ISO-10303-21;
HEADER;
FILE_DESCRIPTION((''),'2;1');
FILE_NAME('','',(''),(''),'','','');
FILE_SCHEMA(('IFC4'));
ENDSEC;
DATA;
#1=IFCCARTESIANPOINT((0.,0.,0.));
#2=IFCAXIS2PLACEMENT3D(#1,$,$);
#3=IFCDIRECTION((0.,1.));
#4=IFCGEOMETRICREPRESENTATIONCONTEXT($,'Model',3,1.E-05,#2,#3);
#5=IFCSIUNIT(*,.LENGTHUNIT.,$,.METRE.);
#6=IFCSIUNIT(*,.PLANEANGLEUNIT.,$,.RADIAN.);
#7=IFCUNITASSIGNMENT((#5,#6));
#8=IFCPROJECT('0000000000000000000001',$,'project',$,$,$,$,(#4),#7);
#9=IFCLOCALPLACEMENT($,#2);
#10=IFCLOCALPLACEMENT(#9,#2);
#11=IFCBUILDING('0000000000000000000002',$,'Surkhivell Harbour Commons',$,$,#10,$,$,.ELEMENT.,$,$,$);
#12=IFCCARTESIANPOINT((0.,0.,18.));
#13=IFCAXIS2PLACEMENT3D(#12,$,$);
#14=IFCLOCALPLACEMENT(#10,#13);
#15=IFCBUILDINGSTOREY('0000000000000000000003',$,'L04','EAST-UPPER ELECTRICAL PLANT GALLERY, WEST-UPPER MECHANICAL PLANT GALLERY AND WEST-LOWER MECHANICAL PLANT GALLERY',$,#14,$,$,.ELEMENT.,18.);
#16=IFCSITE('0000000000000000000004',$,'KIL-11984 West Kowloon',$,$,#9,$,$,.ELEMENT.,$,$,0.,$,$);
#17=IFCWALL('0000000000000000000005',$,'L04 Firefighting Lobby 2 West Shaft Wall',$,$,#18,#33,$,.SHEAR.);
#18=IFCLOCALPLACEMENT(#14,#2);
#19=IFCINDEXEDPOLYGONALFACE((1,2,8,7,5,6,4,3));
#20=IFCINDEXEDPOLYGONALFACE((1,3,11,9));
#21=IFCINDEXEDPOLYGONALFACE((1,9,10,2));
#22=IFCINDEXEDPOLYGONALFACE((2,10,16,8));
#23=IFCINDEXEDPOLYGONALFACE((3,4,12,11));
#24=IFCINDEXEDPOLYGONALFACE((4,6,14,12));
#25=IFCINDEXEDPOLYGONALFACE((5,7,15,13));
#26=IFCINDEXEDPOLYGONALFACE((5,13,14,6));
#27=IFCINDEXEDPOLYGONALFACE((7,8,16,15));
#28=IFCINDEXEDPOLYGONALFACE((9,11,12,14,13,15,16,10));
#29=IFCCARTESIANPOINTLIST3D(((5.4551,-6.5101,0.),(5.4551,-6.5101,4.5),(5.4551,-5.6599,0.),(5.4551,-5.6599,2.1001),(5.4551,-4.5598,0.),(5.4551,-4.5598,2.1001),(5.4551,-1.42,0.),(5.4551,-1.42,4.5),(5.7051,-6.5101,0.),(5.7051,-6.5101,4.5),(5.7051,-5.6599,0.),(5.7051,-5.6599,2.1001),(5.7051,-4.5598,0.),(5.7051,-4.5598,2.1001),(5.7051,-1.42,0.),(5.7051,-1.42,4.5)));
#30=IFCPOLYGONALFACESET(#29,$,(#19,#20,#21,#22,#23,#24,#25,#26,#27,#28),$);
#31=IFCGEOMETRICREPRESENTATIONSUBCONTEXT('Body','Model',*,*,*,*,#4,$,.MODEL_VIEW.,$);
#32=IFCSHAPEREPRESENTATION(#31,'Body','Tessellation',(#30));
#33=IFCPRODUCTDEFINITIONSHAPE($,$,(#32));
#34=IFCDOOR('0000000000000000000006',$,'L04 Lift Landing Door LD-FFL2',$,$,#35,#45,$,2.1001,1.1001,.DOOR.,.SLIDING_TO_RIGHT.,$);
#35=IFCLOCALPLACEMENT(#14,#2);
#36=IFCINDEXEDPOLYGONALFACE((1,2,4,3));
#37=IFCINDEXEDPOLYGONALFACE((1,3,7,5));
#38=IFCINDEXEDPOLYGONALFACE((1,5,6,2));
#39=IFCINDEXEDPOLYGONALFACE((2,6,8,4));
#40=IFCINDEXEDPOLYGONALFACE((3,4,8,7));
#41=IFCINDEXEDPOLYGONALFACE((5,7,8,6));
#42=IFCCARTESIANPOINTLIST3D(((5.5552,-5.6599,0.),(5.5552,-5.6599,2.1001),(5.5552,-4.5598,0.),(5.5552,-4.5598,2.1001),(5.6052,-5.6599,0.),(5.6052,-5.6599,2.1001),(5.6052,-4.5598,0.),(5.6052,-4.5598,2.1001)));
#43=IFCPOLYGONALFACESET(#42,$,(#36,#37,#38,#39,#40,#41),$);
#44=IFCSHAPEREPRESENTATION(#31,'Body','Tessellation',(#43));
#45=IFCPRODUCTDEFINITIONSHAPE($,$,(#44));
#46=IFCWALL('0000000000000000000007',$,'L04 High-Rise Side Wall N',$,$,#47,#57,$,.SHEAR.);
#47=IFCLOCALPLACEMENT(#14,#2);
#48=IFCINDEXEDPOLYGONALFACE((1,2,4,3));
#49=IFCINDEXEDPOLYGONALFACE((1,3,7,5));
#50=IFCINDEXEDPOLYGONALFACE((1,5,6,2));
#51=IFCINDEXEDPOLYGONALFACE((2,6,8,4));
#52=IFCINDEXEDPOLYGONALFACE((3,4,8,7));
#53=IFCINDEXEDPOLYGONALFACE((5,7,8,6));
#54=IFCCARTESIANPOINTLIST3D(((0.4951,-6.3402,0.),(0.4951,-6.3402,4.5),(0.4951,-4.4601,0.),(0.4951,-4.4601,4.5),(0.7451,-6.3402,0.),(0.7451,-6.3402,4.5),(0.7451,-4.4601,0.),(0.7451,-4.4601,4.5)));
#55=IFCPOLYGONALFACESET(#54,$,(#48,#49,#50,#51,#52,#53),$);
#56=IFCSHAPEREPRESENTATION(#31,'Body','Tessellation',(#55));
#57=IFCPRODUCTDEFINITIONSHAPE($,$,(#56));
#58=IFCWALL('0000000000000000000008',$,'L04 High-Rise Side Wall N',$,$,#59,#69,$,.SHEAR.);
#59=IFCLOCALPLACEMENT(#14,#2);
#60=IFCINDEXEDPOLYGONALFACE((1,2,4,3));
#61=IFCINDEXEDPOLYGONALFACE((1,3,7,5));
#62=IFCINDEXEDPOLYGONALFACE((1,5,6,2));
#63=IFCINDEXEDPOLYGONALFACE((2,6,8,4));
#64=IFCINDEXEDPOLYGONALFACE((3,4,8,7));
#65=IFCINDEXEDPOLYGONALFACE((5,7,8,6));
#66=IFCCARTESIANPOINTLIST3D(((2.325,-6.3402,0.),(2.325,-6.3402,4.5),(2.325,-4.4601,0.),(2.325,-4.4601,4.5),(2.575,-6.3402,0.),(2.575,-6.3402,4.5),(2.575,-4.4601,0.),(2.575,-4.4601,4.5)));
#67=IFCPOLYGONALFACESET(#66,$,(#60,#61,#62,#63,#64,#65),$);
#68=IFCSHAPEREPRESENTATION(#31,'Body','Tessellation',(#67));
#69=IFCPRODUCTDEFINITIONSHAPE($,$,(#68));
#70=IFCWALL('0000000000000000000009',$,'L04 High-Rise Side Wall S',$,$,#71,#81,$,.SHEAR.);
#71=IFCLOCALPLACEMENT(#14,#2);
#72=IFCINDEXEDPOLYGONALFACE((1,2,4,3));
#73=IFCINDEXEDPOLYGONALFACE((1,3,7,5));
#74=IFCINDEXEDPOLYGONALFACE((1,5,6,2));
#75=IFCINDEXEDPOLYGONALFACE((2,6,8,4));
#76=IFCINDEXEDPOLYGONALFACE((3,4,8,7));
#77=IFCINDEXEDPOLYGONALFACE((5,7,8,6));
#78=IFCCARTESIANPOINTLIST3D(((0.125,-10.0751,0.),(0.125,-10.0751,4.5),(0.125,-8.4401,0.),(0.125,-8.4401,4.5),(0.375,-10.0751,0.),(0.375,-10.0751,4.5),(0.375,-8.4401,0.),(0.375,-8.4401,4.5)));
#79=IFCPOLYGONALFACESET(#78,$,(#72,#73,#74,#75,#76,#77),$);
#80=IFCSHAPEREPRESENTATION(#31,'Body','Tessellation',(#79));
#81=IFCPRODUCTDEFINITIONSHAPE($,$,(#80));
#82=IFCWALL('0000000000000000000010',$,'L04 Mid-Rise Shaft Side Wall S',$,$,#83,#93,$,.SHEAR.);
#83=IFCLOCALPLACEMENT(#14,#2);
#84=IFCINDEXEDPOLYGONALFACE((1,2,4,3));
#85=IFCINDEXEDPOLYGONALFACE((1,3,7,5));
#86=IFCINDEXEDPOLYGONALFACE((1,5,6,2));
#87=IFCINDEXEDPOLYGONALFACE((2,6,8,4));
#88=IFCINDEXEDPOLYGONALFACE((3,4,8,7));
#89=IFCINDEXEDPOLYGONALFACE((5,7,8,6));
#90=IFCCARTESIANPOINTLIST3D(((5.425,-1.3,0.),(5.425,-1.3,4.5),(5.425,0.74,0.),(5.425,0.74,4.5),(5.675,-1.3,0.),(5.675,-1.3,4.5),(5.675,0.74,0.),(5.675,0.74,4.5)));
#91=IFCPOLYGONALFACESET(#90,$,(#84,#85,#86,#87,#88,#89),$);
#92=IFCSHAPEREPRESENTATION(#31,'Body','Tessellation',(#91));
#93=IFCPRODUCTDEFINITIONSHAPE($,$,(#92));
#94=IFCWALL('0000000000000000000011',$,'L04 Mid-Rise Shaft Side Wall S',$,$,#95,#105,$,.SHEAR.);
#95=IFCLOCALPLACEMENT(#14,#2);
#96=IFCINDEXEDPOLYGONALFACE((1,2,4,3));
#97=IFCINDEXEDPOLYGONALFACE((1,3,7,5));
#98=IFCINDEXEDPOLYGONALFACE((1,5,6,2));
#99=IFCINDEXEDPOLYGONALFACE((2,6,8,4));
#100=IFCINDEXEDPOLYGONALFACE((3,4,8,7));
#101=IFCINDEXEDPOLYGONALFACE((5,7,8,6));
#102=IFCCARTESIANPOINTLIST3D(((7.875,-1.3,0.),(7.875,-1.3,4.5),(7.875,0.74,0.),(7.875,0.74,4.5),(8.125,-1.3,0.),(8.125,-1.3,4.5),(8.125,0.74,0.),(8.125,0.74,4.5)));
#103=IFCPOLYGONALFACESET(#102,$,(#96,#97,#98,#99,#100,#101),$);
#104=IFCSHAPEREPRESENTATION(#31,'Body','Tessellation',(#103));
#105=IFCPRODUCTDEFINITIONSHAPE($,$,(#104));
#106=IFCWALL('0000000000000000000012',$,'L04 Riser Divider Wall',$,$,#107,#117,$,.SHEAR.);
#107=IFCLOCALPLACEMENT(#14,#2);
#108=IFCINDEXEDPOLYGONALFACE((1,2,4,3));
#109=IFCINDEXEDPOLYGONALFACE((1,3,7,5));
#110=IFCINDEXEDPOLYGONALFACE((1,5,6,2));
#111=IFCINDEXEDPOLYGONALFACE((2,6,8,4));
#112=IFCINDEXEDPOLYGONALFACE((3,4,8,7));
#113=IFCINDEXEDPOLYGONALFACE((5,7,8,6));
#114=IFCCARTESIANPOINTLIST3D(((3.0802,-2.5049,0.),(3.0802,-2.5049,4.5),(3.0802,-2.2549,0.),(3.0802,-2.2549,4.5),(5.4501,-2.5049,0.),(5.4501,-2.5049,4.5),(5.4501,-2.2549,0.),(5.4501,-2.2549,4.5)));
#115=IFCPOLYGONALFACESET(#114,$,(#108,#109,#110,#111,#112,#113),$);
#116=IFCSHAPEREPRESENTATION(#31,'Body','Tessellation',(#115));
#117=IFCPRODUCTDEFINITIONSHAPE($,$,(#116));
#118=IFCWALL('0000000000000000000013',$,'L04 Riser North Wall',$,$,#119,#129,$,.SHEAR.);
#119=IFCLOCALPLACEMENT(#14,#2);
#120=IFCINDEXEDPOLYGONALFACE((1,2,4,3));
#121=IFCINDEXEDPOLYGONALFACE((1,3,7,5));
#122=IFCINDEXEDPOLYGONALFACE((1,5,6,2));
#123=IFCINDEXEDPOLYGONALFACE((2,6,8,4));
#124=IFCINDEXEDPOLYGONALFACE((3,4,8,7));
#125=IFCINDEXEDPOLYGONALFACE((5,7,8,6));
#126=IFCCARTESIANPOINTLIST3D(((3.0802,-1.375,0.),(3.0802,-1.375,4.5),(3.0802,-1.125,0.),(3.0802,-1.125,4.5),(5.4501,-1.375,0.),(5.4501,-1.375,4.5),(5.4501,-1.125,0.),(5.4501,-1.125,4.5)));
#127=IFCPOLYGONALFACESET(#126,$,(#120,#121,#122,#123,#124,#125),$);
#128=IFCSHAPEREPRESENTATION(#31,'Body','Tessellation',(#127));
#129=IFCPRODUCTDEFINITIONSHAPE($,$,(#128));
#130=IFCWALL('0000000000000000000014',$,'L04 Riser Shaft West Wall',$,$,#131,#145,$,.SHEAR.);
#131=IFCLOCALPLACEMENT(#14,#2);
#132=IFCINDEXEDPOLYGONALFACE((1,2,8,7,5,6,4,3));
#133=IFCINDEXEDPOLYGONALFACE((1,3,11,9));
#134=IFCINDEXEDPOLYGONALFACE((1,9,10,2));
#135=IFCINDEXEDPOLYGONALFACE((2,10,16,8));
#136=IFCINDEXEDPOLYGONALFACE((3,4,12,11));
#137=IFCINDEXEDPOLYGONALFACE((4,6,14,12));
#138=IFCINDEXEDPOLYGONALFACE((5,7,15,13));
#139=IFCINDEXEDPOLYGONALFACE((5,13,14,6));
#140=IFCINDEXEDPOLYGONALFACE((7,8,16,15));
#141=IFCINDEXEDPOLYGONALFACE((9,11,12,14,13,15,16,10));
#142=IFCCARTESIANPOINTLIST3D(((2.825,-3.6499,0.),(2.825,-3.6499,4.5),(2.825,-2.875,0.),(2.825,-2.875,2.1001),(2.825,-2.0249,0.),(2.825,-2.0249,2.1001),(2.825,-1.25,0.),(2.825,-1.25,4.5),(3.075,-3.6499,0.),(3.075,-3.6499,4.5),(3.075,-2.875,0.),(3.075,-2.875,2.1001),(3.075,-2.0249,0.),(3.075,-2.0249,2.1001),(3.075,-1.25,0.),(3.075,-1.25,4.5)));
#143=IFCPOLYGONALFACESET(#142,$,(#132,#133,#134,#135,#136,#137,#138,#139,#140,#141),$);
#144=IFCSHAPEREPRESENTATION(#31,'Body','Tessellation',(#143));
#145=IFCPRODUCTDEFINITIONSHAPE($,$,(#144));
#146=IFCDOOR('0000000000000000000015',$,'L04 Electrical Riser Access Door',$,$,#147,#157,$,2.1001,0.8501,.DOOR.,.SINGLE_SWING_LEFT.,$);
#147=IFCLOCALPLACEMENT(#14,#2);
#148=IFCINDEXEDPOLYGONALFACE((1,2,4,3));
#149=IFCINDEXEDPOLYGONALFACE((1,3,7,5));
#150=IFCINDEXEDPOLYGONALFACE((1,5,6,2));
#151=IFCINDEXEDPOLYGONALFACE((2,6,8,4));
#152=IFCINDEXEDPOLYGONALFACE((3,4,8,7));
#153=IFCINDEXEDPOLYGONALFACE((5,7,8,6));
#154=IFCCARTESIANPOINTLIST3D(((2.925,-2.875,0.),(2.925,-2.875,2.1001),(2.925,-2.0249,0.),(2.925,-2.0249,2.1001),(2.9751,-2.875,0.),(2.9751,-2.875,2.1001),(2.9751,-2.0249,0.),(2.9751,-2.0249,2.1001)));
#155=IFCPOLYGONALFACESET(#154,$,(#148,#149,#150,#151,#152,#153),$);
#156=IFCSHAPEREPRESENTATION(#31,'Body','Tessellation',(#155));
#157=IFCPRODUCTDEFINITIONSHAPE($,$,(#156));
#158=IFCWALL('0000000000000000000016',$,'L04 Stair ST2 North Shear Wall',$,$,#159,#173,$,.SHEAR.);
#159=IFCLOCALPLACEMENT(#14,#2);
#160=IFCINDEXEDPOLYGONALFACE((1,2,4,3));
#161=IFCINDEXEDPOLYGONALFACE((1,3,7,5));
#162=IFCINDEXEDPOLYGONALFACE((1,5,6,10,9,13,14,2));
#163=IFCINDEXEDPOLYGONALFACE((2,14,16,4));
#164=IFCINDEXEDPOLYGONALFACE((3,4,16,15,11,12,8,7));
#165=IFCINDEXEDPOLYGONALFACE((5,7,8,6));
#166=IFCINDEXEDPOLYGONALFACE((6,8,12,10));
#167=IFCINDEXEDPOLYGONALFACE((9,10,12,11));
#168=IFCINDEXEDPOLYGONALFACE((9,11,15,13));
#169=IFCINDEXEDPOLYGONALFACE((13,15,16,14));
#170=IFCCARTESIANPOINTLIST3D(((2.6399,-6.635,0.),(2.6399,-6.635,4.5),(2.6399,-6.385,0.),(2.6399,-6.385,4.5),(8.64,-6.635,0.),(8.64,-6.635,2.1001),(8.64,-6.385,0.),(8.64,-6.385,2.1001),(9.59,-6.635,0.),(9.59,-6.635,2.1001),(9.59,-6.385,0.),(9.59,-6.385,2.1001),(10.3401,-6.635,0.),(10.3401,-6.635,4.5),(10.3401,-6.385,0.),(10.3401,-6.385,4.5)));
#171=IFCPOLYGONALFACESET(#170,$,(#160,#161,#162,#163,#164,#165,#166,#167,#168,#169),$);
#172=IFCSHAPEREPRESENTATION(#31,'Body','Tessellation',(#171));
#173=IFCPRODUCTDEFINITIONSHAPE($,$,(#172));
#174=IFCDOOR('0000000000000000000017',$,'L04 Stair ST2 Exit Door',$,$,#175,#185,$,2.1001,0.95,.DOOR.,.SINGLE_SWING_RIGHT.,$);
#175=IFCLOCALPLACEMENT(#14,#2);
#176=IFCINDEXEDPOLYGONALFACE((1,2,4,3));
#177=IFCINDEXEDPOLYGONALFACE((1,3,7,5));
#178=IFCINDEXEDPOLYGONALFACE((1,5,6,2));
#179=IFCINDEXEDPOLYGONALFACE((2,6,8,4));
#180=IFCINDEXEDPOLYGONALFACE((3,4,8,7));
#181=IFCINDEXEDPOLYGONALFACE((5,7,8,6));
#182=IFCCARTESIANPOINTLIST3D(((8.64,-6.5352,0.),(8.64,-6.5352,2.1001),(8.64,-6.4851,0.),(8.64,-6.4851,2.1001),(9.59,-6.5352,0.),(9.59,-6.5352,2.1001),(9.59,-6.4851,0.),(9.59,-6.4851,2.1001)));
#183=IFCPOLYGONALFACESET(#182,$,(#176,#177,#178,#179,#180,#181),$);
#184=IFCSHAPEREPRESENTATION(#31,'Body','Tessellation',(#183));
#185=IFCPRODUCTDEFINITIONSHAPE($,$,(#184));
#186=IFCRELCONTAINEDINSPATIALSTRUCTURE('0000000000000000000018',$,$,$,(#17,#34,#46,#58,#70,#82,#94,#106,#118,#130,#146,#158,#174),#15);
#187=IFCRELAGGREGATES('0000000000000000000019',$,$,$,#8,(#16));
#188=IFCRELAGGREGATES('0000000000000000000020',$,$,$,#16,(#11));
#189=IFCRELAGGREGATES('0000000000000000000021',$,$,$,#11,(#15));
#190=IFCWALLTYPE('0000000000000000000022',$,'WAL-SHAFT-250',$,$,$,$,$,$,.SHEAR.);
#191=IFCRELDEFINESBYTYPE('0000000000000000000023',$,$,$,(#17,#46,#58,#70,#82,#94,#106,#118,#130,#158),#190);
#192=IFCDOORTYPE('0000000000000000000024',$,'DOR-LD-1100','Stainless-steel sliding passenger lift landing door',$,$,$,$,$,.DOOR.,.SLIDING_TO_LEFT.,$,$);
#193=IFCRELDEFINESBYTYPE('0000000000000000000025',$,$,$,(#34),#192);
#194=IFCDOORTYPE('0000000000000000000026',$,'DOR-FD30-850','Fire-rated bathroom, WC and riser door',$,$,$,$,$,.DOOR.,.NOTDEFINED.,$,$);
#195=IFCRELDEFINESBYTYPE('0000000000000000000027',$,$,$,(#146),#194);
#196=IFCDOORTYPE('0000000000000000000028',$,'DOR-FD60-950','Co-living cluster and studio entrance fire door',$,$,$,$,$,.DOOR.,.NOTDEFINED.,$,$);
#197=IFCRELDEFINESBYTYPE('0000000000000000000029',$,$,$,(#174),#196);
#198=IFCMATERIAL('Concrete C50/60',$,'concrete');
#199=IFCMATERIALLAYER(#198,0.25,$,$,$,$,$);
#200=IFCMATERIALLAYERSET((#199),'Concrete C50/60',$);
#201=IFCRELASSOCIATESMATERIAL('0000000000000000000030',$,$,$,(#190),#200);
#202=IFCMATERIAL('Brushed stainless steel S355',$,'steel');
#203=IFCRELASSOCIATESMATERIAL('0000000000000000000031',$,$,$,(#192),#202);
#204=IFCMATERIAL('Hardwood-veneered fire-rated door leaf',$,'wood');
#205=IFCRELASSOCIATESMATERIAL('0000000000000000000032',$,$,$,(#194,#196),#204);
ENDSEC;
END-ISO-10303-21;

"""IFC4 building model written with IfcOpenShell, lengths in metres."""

from ifc_helpers import new_model, si_unit, direction, frame, frame_2d, origin, place, context, subcontext, project, spatial, rectangle, extrude, material, layer, layer_set, type_object, element, fill, save


model = new_model("IFC4")

# Units and contexts
model_context = context("Model", 3, precision=1e-05, world=origin(), true_north=direction((0.0, 1.0)))
body_context = subcontext(model_context, "Body", "Model", "MODEL_VIEW")
ifc_project = project(units=[si_unit("LENGTHUNIT", "METRE"), si_unit("PLANEANGLEUNIT", "RADIAN")], contexts=[model_context])

# Site, building, storey
site_placement = place(None, origin())
site = spatial("IfcSite", under=ifc_project, at=site_placement, Name="KIL-11984 West Kowloon", CompositionType="ELEMENT", RefElevation=0.0)
building_placement = place(site_placement, origin())
building = spatial("IfcBuilding", under=site, at=building_placement, Name="Surkhivell Harbour Commons", CompositionType="ELEMENT")
storey_placement = place(building_placement, frame((0.0, 0.0, 18.0)))
storey = spatial("IfcBuildingStorey", under=building, at=storey_placement, Name="L04", Description="EAST-UPPER ELECTRICAL PLANT GALLERY, WEST-UPPER MECHANICAL PLANT GALLERY AND WEST-LOWER MECHANICAL PLANT GALLERY", CompositionType="ELEMENT", Elevation=18.0)

# Shared definitions
ifc_material_1 = material(Name="Hardwood-veneered fire-rated door leaf", Category="wood")

# Shared definitions
ifc_material_2 = material(Name="Concrete C50/60", Category="concrete")
ifc_layer_1 = layer(ifc_material_2, 0.25)
ifc_layer_set_1 = layer_set([ifc_layer_1], Name="Concrete C50/60")
wall_type_1 = type_object("IfcWallType", Name="WAL-SHAFT-250", PredefinedType="SHEAR", material=ifc_layer_set_1)

# Wall, opening, door
wall_1_placement = place(storey_placement, frame((5.5801, -6.51, 0.0), z_axis=(0.0, 0.0, 1.0), x_axis=(0.0, 1.0, 0.0)))
wall_1 = element("IfcWall", 1, at=wall_1_placement, inside=storey, type_object=wall_type_1, Name="L04 Firefighting Lobby 2 West Shaft Wall", PredefinedType="SHEAR", context=body_context, shape_type="SweptSolid", body=[
    extrude(rectangle(XDim=5.0901, YDim=0.25, at=frame_2d((2.5449, 0.0))), origin(), (0.0, 0.0, 1.0), 4.5),
])
opening_1_placement = place(wall_1_placement, frame((0.8501, 0.0, 0.0)))
opening_1 = element("IfcOpeningElement", 2, at=opening_1_placement, cuts=wall_1, PredefinedType="OPENING", context=body_context, shape_type="SweptSolid", body=[
    extrude(rectangle(XDim=1.1001, YDim=2.1001, at=frame_2d((0.55, 1.05))), frame((0.0, 0.135, 0.0), z_axis=(0.0, -1.0, 0.0), x_axis=(1.0, 0.0, 0.0)), (0.0, 0.0, 1.0), 0.27),
])
ifc_material_3 = material(Name="Brushed stainless steel S355", Category="steel")
door_type_1 = type_object("IfcDoorType", Name="DOR-LD-1100", Description="Stainless-steel sliding passenger lift landing door", OperationType="SLIDING_TO_LEFT", PredefinedType="DOOR", material=ifc_material_3)
door_1_placement = place(opening_1_placement, origin())
door_1 = element("IfcDoor", 3, at=door_1_placement, inside=storey, type_object=door_type_1, Name="L04 Lift Landing Door LD-FFL2", OperationType="SLIDING_TO_RIGHT", OverallHeight=2.1001, OverallWidth=1.1001, PredefinedType="DOOR", context=body_context, shape_type="SweptSolid", body=[
    extrude(rectangle(XDim=1.1001, YDim=2.1001, at=frame_2d((0.55, 1.05))), frame((0.0, 0.0249, 0.0), z_axis=(0.0, -1.0, 0.0), x_axis=(1.0, 0.0, 0.0)), (0.0, 0.0, 1.0), 0.05),
])
fill(opening_1, door_1)

# Walls
for number, where, z_axis, x_axis, name in (
    (4, (0.6201, -6.3401, 0.0), (0.0, 0.0, 1.0), (0.0, 1.0, 0.0), "L04 High-Rise Side Wall N"),
    (5, (2.45, -6.3401, 0.0), (0.0, 0.0, 1.0), (0.0, 1.0, 0.0), "L04 High-Rise Side Wall N"),
):
    element("IfcWall", number, at=place(storey_placement, frame(where, z_axis=z_axis, x_axis=x_axis)), inside=storey, type_object=wall_type_1, Name=name, PredefinedType="SHEAR", context=body_context, shape_type="SweptSolid", body=[
        extrude(rectangle(XDim=1.8801, YDim=0.25, at=frame_2d((0.9399, 0.0))), origin(), (0.0, 0.0, 1.0), 4.5),
    ])
wall_2_placement = place(storey_placement, frame((0.25, -10.075, 0.0), z_axis=(0.0, 0.0, 1.0), x_axis=(0.0, 1.0, 0.0)))
element("IfcWall", 6, at=wall_2_placement, inside=storey, type_object=wall_type_1, Name="L04 High-Rise Side Wall S", PredefinedType="SHEAR", context=body_context, shape_type="SweptSolid", body=[
    extrude(rectangle(XDim=1.635, YDim=0.25, at=frame_2d((0.8174, 0.0))), origin(), (0.0, 0.0, 1.0), 4.5),
])
for number, where, z_axis, x_axis, name in (
    (7, (5.55, -1.3, 0.0), (0.0, 0.0, 1.0), (0.0, 1.0, 0.0), "L04 Mid-Rise Shaft Side Wall S"),
    (8, (8.0, -1.3, 0.0), (0.0, 0.0, 1.0), (0.0, 1.0, 0.0), "L04 Mid-Rise Shaft Side Wall S"),
):
    element("IfcWall", number, at=place(storey_placement, frame(where, z_axis=z_axis, x_axis=x_axis)), inside=storey, type_object=wall_type_1, Name=name, PredefinedType="SHEAR", context=body_context, shape_type="SweptSolid", body=[
        extrude(rectangle(XDim=2.04, YDim=0.25, at=frame_2d((1.02, 0.0))), origin(), (0.0, 0.0, 1.0), 4.5),
    ])
for number, where, z_axis, x_axis, name in (
    (9, (3.0801, -2.3799, 0.0), (0.0, 0.0, 1.0), (1.0, 0.0, 0.0), "L04 Riser Divider Wall"),
    (10, (3.0801, -1.25, 0.0), (0.0, 0.0, 1.0), (1.0, 0.0, 0.0), "L04 Riser North Wall"),
):
    element("IfcWall", number, at=place(storey_placement, frame(where, z_axis=z_axis, x_axis=x_axis)), inside=storey, type_object=wall_type_1, Name=name, PredefinedType="SHEAR", context=body_context, shape_type="SweptSolid", body=[
        extrude(rectangle(XDim=2.3699, YDim=0.25, at=frame_2d((1.1851, 0.0))), origin(), (0.0, 0.0, 1.0), 4.5),
    ])

# Walls, openings, doors
wall_3_placement = place(storey_placement, frame((2.95, -3.6499, 0.0), z_axis=(0.0, 0.0, 1.0), x_axis=(0.0, 1.0, 0.0)))
wall_3 = element("IfcWall", 11, at=wall_3_placement, inside=storey, type_object=wall_type_1, Name="L04 Riser Shaft West Wall", PredefinedType="SHEAR", context=body_context, shape_type="SweptSolid", body=[
    extrude(rectangle(XDim=2.3999, YDim=0.25, at=frame_2d((1.2, 0.0))), origin(), (0.0, 0.0, 1.0), 4.5),
])
opening_2_placement = place(wall_3_placement, frame((0.7749, 0.0, 0.0)))
opening_2 = element("IfcOpeningElement", 12, at=opening_2_placement, cuts=wall_3, PredefinedType="OPENING", context=body_context, shape_type="SweptSolid", body=[
    extrude(rectangle(XDim=0.8501, YDim=2.1001, at=frame_2d((0.425, 1.05))), frame((0.0, 0.135, 0.0), z_axis=(0.0, -1.0, 0.0), x_axis=(1.0, 0.0, 0.0)), (0.0, 0.0, 1.0), 0.27),
])
door_type_2 = type_object("IfcDoorType", Name="DOR-FD30-850", Description="Fire-rated bathroom, WC and riser door", OperationType="NOTDEFINED", PredefinedType="DOOR", material=ifc_material_1)
door_2_placement = place(opening_2_placement, origin())
door_2 = element("IfcDoor", 13, at=door_2_placement, inside=storey, type_object=door_type_2, Name="L04 Electrical Riser Access Door", OperationType="SINGLE_SWING_LEFT", OverallHeight=2.1001, OverallWidth=0.8501, PredefinedType="DOOR", context=body_context, shape_type="SweptSolid", body=[
    extrude(rectangle(XDim=0.8501, YDim=2.1001, at=frame_2d((0.425, 1.05))), frame((0.0, 0.0249, 0.0), z_axis=(0.0, -1.0, 0.0), x_axis=(1.0, 0.0, 0.0)), (0.0, 0.0, 1.0), 0.05),
])
fill(opening_2, door_2)
wall_4_placement = place(storey_placement, frame((2.6399, -6.51, 0.0), z_axis=(0.0, 0.0, 1.0), x_axis=(1.0, 0.0, 0.0)))
wall_4 = element("IfcWall", 14, at=wall_4_placement, inside=storey, type_object=wall_type_1, Name="L04 Stair ST2 North Shear Wall", PredefinedType="SHEAR", context=body_context, shape_type="SweptSolid", body=[
    extrude(rectangle(XDim=7.7002, YDim=0.25, at=frame_2d((3.8501, 0.0))), origin(), (0.0, 0.0, 1.0), 4.5),
])
opening_3_placement = place(wall_4_placement, frame((6.0, 0.0, 0.0)))
opening_3 = element("IfcOpeningElement", 15, at=opening_3_placement, cuts=wall_4, PredefinedType="OPENING", context=body_context, shape_type="SweptSolid", body=[
    extrude(rectangle(XDim=0.95, YDim=2.1001, at=frame_2d((0.4751, 1.05))), frame((0.0, 0.135, 0.0), z_axis=(0.0, -1.0, 0.0), x_axis=(1.0, 0.0, 0.0)), (0.0, 0.0, 1.0), 0.27),
])
door_type_3 = type_object("IfcDoorType", Name="DOR-FD60-950", Description="Co-living cluster and studio entrance fire door", OperationType="NOTDEFINED", PredefinedType="DOOR", material=ifc_material_1)
door_3_placement = place(opening_3_placement, origin())
door_3 = element("IfcDoor", 16, at=door_3_placement, inside=storey, type_object=door_type_3, Name="L04 Stair ST2 Exit Door", OperationType="SINGLE_SWING_RIGHT", OverallHeight=2.1001, OverallWidth=0.95, PredefinedType="DOOR", context=body_context, shape_type="SweptSolid", body=[
    extrude(rectangle(XDim=0.95, YDim=2.1001, at=frame_2d((0.4751, 1.05))), frame((0.0, 0.0249, 0.0), z_axis=(0.0, -1.0, 0.0), x_axis=(1.0, 0.0, 0.0)), (0.0, 0.0, 1.0), 0.05),
])
fill(opening_3, door_3)

save(model, "model.ifc")
